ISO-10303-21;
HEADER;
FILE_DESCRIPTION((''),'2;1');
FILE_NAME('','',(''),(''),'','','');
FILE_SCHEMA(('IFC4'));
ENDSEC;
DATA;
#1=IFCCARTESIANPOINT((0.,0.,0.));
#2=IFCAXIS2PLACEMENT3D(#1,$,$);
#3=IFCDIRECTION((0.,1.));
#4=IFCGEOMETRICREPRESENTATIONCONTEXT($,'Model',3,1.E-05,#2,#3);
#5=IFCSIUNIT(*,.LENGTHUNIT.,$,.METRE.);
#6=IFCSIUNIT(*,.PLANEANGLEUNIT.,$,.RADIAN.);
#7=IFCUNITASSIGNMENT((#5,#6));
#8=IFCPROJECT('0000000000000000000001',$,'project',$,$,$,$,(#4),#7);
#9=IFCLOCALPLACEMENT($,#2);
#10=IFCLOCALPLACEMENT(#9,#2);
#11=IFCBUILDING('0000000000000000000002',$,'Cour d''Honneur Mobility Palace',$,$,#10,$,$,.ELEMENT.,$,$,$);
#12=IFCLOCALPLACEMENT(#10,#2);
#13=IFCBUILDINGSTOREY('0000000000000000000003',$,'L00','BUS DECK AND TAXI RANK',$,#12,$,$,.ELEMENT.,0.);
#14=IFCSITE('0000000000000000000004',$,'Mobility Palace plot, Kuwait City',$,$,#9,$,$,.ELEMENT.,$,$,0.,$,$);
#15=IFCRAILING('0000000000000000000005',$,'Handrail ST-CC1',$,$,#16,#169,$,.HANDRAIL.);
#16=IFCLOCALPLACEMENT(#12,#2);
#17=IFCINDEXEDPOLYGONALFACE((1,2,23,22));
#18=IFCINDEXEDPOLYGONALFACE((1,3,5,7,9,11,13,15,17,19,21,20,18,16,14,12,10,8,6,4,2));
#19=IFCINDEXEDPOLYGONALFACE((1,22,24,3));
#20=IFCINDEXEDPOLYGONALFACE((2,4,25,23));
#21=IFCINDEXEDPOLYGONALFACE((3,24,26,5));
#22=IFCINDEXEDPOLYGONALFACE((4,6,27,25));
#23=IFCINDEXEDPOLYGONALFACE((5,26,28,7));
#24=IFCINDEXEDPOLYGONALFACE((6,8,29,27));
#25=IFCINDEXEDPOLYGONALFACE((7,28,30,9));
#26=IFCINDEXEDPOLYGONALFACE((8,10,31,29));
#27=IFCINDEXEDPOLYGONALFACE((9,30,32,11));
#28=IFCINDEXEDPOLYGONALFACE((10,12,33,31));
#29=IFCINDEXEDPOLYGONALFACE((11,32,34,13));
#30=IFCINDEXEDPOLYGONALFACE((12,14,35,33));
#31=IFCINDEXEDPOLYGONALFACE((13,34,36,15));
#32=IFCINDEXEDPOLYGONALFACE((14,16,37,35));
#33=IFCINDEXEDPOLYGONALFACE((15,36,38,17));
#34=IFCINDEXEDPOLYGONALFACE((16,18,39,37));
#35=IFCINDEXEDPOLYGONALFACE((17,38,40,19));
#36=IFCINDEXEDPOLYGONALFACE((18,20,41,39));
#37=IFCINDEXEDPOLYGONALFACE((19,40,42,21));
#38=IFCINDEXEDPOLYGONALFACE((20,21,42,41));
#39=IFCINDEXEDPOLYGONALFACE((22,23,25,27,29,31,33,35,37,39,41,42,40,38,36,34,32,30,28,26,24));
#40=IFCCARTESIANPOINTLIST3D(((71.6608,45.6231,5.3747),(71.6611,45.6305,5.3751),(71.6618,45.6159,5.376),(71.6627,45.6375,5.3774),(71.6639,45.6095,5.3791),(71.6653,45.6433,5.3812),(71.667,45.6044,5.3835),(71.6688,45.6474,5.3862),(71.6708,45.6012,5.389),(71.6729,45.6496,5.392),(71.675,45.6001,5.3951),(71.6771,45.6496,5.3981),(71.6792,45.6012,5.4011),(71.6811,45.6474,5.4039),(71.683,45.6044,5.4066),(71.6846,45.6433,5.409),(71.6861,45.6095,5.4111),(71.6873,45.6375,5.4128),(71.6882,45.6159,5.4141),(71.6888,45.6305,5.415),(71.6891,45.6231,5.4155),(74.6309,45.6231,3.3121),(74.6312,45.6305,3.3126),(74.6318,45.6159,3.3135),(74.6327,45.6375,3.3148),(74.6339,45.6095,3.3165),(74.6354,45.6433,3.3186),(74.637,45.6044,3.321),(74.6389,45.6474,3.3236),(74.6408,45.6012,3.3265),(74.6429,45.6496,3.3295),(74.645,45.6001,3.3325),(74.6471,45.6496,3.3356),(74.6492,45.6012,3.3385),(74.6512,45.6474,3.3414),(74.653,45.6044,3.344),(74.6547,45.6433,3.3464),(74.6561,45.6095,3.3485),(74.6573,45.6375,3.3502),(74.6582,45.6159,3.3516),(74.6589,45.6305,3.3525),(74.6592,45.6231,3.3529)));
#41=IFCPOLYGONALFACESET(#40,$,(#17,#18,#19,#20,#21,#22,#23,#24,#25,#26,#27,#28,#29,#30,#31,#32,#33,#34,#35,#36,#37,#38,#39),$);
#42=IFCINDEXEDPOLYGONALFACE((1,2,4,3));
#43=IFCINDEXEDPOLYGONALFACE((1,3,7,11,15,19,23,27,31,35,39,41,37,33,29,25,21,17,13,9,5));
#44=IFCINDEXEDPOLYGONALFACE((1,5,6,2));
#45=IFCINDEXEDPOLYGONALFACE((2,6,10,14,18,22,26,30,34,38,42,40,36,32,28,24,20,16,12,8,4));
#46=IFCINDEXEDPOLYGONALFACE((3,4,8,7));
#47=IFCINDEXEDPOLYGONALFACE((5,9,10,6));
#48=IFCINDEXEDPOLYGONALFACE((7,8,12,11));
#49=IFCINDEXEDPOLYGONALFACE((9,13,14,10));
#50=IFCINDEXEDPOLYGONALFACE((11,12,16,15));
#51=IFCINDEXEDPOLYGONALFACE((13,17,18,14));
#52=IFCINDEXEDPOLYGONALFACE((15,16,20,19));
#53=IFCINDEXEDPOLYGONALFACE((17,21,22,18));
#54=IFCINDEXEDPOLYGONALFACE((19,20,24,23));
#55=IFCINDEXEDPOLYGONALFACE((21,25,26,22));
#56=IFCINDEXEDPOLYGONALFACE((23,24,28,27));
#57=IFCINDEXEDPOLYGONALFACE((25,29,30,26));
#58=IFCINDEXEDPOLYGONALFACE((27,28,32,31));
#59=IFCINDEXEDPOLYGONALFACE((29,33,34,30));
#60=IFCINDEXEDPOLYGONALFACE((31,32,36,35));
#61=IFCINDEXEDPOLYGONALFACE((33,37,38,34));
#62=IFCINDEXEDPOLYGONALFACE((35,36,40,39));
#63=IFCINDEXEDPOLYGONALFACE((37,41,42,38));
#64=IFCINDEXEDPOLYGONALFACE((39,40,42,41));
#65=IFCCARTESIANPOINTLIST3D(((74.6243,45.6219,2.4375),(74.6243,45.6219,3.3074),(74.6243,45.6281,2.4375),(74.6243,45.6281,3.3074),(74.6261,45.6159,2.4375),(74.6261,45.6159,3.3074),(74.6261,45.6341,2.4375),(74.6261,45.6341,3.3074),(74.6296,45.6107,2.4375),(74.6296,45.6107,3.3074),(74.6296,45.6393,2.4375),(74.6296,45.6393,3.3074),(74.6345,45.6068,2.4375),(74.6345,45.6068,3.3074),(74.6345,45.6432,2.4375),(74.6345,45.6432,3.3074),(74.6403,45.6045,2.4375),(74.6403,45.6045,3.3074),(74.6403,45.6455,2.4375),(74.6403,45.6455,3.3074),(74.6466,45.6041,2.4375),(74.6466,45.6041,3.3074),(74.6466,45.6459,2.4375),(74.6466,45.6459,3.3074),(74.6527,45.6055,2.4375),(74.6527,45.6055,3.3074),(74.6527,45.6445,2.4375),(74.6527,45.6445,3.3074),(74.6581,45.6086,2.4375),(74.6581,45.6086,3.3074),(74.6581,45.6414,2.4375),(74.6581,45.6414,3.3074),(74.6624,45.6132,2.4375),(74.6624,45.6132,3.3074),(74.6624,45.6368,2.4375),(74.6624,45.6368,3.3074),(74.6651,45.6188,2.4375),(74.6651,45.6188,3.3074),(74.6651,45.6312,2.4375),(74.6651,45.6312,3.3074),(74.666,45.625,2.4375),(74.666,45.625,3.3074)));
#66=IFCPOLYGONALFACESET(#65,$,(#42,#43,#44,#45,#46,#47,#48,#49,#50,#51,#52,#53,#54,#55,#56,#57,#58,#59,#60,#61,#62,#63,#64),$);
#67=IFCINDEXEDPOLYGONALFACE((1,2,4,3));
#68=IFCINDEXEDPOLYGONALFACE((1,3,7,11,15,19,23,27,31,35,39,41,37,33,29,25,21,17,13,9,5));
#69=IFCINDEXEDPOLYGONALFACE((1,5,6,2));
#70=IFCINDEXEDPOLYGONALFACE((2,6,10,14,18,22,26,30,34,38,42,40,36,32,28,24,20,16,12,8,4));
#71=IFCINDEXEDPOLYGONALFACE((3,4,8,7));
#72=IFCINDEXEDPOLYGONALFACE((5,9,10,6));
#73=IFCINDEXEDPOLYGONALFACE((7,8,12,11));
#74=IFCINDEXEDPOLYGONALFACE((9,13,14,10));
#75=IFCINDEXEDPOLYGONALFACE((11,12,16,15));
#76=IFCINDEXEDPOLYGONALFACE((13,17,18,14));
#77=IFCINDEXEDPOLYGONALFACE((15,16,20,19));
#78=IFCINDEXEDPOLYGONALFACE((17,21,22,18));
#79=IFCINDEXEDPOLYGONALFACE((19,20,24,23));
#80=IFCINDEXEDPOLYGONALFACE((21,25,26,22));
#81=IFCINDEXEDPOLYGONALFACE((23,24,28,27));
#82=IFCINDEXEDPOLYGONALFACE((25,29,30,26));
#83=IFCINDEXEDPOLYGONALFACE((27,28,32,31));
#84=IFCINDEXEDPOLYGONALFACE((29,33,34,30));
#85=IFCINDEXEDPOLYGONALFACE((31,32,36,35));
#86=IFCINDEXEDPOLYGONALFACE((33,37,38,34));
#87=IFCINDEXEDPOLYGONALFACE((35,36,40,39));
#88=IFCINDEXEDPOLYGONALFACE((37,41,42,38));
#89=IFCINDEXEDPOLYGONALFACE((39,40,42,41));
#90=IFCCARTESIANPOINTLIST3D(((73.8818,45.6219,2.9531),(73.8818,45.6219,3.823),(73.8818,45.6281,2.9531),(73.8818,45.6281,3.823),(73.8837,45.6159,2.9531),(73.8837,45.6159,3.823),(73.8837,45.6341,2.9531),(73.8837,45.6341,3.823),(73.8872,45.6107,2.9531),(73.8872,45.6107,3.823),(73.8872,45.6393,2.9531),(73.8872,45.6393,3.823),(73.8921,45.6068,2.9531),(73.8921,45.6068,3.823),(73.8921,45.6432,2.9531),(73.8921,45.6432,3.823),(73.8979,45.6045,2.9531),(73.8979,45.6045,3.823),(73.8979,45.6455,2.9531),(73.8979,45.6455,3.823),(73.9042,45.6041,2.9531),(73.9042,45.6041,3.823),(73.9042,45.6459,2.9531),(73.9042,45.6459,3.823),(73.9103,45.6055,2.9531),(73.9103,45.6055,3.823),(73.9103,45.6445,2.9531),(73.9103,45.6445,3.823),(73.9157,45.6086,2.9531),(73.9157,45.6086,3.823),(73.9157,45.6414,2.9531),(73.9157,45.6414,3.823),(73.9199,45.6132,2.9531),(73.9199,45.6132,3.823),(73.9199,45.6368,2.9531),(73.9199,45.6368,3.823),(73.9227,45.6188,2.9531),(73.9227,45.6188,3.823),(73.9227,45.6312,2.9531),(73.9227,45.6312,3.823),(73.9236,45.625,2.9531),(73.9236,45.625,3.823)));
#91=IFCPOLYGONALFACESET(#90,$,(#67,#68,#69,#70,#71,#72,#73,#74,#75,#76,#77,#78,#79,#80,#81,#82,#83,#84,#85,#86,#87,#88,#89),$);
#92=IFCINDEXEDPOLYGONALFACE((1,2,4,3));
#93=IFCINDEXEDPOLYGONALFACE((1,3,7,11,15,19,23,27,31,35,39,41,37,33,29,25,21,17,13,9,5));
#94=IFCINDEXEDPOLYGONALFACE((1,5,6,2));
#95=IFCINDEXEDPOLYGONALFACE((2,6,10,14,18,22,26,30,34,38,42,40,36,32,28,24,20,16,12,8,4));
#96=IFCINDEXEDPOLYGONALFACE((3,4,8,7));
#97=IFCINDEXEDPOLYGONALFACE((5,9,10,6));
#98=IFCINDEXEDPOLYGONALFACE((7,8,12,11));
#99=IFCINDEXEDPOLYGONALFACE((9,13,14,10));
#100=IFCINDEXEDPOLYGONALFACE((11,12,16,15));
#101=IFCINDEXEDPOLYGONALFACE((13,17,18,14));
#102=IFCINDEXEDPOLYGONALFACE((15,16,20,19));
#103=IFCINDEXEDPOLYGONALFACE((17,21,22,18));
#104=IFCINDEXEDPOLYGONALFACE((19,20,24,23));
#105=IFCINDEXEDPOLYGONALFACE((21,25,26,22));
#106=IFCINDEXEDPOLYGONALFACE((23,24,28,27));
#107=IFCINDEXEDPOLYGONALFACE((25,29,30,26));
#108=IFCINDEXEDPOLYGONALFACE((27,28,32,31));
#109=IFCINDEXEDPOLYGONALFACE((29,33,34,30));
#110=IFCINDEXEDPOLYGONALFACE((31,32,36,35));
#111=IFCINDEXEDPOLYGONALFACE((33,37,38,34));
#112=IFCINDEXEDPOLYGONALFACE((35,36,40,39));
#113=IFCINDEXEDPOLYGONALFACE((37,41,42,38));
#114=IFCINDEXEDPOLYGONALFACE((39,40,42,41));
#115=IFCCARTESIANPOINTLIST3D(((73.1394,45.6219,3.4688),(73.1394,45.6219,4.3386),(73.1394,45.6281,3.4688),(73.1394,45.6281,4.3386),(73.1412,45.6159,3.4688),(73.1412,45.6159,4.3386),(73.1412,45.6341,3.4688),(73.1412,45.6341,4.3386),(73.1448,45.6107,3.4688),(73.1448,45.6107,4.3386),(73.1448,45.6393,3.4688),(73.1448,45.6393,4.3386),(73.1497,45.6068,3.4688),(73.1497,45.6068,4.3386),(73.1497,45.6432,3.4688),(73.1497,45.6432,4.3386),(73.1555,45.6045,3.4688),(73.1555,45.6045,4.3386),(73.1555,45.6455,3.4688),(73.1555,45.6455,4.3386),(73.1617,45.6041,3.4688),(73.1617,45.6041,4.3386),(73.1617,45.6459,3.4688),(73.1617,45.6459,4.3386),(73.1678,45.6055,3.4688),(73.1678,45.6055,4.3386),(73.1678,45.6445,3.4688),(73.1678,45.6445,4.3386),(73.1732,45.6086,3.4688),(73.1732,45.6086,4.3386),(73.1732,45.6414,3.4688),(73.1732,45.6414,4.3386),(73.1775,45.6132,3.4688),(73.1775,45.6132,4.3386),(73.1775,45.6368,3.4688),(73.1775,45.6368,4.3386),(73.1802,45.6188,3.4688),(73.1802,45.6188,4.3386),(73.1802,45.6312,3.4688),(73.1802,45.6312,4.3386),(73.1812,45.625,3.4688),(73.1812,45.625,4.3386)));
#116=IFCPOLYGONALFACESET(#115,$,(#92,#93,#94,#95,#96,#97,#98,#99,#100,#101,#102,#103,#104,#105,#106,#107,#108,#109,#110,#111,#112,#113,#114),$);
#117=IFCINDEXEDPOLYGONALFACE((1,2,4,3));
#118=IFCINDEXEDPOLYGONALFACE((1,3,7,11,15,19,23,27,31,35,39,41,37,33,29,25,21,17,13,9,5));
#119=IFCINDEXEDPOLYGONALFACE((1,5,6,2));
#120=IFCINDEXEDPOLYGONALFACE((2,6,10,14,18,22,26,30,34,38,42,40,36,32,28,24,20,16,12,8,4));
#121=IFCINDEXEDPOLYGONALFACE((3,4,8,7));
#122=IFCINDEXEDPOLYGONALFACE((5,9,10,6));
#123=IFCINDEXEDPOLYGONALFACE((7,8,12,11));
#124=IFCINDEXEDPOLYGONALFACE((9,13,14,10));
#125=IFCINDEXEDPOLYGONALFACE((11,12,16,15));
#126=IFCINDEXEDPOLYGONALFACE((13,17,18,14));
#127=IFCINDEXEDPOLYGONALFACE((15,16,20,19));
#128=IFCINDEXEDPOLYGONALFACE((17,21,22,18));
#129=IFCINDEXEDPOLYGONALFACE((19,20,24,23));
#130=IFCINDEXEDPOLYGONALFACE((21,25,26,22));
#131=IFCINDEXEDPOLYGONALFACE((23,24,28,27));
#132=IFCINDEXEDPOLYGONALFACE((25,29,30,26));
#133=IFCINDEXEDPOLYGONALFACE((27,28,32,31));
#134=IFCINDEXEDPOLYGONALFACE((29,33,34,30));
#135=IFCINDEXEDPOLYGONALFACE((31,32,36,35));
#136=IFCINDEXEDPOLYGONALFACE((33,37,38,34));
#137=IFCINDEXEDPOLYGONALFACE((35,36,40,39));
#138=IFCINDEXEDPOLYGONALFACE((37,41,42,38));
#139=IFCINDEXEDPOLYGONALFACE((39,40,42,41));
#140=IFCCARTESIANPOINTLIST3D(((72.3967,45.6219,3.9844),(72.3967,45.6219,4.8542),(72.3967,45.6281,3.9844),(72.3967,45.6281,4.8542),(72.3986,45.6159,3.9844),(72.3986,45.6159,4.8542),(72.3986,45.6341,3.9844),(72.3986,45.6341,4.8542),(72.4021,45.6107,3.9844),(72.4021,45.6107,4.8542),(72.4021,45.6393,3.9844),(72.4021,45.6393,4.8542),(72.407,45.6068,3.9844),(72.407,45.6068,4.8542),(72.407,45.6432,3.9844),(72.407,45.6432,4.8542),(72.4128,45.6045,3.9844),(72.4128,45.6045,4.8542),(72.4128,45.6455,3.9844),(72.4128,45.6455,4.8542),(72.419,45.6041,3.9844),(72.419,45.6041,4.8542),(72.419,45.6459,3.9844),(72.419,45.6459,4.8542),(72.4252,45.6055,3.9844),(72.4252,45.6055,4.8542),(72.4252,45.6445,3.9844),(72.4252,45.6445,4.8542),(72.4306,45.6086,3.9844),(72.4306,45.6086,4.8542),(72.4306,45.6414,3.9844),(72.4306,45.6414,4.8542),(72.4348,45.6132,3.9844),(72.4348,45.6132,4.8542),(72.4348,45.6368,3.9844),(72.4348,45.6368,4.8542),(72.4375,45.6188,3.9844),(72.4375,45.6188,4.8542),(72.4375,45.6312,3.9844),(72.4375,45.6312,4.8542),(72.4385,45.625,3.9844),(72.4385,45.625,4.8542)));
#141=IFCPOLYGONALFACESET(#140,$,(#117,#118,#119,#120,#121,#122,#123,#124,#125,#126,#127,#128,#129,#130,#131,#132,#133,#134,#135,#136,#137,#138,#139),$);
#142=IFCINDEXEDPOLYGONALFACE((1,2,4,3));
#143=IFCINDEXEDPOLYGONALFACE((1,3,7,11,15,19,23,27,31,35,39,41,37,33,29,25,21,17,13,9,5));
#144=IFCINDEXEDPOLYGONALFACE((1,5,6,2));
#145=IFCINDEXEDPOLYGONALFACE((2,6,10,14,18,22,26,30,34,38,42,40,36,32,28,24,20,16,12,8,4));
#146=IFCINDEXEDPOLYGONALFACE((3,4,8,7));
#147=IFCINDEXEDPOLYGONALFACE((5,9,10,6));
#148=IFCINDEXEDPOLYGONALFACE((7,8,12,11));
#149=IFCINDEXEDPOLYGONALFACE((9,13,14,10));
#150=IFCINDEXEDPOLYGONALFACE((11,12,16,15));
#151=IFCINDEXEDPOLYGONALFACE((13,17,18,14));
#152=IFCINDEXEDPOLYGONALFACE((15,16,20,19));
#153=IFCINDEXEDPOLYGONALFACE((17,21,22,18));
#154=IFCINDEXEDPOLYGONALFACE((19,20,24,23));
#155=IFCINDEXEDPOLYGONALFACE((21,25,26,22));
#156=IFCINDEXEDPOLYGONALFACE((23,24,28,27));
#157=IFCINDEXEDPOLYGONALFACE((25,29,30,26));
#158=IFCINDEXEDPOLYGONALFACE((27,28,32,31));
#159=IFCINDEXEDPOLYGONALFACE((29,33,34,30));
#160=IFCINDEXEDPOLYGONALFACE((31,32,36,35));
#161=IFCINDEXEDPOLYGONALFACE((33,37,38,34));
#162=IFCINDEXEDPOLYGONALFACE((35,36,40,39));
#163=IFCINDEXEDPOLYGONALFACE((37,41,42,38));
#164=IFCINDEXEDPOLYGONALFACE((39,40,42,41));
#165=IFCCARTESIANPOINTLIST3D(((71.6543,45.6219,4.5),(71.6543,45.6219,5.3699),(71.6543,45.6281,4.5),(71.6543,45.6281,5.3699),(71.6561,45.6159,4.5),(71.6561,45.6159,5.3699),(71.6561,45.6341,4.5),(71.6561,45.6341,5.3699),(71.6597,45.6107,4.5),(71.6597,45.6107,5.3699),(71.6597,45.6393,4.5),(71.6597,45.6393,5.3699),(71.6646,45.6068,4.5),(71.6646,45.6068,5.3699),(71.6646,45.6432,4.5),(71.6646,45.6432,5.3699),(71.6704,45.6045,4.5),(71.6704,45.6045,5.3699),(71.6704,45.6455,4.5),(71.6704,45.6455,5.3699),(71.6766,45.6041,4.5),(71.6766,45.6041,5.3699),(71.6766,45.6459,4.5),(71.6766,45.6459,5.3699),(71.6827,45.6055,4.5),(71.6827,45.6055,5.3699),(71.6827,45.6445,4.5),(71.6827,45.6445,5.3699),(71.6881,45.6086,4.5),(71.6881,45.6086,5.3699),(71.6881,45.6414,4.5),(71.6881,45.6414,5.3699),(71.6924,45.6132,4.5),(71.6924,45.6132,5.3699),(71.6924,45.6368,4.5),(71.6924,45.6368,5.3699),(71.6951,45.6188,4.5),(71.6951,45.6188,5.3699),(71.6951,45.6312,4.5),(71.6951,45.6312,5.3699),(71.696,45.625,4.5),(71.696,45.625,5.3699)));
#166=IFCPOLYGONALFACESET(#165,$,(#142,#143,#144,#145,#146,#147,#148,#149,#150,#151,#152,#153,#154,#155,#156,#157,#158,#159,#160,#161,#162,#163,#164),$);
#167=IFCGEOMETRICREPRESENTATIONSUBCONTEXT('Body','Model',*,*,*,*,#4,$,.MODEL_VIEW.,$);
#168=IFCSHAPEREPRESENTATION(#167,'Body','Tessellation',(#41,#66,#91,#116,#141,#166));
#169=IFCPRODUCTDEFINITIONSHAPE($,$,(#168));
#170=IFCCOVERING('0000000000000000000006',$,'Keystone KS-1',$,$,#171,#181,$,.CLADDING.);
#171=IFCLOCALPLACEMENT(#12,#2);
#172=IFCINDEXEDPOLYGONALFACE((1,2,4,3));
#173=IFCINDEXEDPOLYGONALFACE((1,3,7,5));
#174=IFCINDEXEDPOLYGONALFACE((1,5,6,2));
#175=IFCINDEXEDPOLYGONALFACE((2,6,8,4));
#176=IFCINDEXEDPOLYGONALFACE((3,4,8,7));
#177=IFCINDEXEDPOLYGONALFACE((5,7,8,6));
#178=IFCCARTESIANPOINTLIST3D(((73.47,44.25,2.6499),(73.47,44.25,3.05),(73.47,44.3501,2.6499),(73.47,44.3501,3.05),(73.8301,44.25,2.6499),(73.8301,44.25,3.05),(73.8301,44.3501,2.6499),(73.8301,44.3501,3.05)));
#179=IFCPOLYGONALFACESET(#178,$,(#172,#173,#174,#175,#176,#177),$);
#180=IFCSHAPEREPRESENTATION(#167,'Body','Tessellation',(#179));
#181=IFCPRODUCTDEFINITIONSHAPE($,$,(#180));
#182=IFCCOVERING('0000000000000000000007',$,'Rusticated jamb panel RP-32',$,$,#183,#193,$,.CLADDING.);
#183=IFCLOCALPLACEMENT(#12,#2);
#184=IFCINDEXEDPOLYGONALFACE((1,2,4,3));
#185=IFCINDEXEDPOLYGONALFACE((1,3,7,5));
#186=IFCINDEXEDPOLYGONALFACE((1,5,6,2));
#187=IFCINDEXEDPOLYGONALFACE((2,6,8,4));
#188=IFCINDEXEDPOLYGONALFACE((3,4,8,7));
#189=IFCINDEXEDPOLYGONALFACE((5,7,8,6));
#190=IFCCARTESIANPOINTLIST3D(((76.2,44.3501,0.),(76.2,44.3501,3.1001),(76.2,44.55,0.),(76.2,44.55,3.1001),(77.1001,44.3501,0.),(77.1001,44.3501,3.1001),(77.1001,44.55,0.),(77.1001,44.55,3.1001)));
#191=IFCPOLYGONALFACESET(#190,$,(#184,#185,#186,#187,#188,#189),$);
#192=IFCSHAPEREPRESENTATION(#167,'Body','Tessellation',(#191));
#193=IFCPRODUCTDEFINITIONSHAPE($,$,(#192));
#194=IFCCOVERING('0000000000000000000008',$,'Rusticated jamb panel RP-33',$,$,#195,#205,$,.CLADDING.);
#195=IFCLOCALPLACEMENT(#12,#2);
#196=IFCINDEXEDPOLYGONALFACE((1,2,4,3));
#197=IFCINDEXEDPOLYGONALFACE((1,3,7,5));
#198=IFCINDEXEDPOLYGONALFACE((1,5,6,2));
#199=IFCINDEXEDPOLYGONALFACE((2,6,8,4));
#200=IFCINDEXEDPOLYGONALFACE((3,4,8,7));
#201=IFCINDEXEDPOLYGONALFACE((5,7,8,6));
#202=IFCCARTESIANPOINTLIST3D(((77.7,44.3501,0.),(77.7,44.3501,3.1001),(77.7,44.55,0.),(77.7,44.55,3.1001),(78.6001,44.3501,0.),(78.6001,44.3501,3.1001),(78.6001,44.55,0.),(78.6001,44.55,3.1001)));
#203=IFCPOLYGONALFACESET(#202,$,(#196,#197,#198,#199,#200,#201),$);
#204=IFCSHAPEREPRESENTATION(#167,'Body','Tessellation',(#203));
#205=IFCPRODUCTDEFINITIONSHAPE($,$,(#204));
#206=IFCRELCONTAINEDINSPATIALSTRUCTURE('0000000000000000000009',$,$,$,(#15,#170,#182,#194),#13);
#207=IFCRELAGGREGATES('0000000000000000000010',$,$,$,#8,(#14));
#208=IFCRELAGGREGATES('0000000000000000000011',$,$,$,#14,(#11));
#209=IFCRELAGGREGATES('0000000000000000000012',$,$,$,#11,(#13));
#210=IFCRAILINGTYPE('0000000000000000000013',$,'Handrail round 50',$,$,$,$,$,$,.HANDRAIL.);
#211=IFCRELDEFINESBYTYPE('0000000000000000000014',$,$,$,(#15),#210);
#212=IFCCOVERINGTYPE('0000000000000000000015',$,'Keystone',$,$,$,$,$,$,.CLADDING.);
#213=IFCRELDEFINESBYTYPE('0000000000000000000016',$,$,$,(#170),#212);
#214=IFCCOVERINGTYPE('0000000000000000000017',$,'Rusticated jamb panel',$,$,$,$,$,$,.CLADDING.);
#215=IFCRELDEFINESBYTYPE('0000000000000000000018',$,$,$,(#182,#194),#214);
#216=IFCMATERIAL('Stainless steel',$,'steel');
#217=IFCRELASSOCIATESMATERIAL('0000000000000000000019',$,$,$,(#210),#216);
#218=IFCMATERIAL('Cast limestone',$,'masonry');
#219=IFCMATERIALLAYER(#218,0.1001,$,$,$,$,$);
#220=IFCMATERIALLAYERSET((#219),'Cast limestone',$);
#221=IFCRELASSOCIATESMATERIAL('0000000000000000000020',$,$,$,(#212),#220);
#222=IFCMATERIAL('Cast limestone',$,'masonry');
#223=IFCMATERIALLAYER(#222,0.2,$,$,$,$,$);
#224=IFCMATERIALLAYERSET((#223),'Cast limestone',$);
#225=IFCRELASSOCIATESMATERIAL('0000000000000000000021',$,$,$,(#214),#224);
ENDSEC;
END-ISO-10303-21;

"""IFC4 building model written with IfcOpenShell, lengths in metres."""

from ifc_helpers import new_model, si_unit, direction, frame, origin, origin_2d, place, context, subcontext, project, spatial, polyline, circle, outline, extrude, material, layer, layer_set, type_object, element, save


model = new_model("IFC4")

# Units and contexts
model_context = context("Model", 3, precision=1e-05, world=origin(), true_north=direction((0.0, 1.0)))
body_context = subcontext(model_context, "Body", "Model", "MODEL_VIEW")
ifc_project = project(units=[si_unit("LENGTHUNIT", "METRE"), si_unit("PLANEANGLEUNIT", "RADIAN")], contexts=[model_context])

# Site, building, storey
site_placement = place(None, origin())
site = spatial("IfcSite", under=ifc_project, at=site_placement, Name="Mobility Palace plot, Kuwait City", CompositionType="ELEMENT", RefElevation=0.0)
building_placement = place(site_placement, origin())
building = spatial("IfcBuilding", under=site, at=building_placement, Name="Cour d'Honneur Mobility Palace", CompositionType="ELEMENT")
storey_placement = place(building_placement, origin())
storey = spatial("IfcBuildingStorey", under=building, at=storey_placement, Name="L00", Description="BUS DECK AND TAXI RANK", CompositionType="ELEMENT", Elevation=0.0)

# Railing
ifc_material_1 = material(Name="Stainless steel", Category="steel")
railing_type_1 = type_object("IfcRailingType", Name="Handrail round 50", PredefinedType="HANDRAIL", material=ifc_material_1)
for number, where, name in (
    (1, (74.645, 45.625, 2.4375), "Handrail ST-CC1"),
):
    element("IfcRailing", number, at=place(storey_placement, frame(where)), inside=storey, type_object=railing_type_1, Name=name, PredefinedType="HANDRAIL", context=body_context, shape_type="SweptSolid", body=[
        extrude(circle(Radius=0.0249, at=origin_2d()), frame((0.0, 0.0, 0.895), z_axis=(-0.821367, 0.0, 0.5704), x_axis=(0.0, -1.0, 0.0)), (0.0, 0.0, 1.0), 3.616),
        extrude(circle(Radius=0.021, at=origin_2d()), origin(), (0.0, 0.0, 1.0), 0.8699),
        extrude(circle(Radius=0.021, at=origin_2d()), frame((-0.7424, 0.0, 0.5156)), (0.0, 0.0, 1.0), 0.8699),
        extrude(circle(Radius=0.021, at=origin_2d()), frame((-1.4849, 0.0, 1.0312)), (0.0, 0.0, 1.0), 0.8699),
        extrude(circle(Radius=0.021, at=origin_2d()), frame((-2.2275, 0.0, 1.5469)), (0.0, 0.0, 1.0), 0.8699),
        extrude(circle(Radius=0.021, at=origin_2d()), frame((-2.97, 0.0, 2.0625)), (0.0, 0.0, 1.0), 0.8699),
    ])

# Coverings
ifc_material_2 = material(Name="Cast limestone", Category="masonry")
ifc_layer_1 = layer(ifc_material_2, 0.1001)
ifc_layer_set_1 = layer_set([ifc_layer_1], Name="Cast limestone")
covering_type_1 = type_object("IfcCoveringType", Name="Keystone", PredefinedType="CLADDING", material=ifc_layer_set_1)
covering_1_placement = place(storey_placement, frame((73.47, 44.25, 2.6499), z_axis=(0.0, -1.0, 0.0), x_axis=(1.0, 0.0, 0.0)))
element("IfcCovering", 2, at=covering_1_placement, inside=storey, type_object=covering_type_1, Name="Keystone KS-1", PredefinedType="CLADDING", context=body_context, shape_type="SweptSolid", body=[
    extrude(outline(polyline([(0.0, 0.0), (0.3601, 0.0), (0.3601, 0.4001), (0.0, 0.4001), (0.0, 0.0)])), origin(), (0.0, 0.0, -1.0), 0.1001),
])
ifc_material_3 = material(Name="Cast limestone", Category="masonry")
ifc_layer_2 = layer(ifc_material_3, 0.2)
ifc_layer_set_2 = layer_set([ifc_layer_2], Name="Cast limestone")
covering_type_2 = type_object("IfcCoveringType", Name="Rusticated jamb panel", PredefinedType="CLADDING", material=ifc_layer_set_2)
for number, where, z_axis, x_axis, name in (
    (3, (76.2, 44.3501, 0.0), (0.0, -1.0, 0.0), (1.0, 0.0, 0.0), "Rusticated jamb panel RP-32"),
    (4, (77.7, 44.3501, 0.0), (0.0, -1.0, 0.0), (1.0, 0.0, 0.0), "Rusticated jamb panel RP-33"),
):
    element("IfcCovering", number, at=place(storey_placement, frame(where, z_axis=z_axis, x_axis=x_axis)), inside=storey, type_object=covering_type_2, Name=name, PredefinedType="CLADDING", context=body_context, shape_type="SweptSolid", body=[
        extrude(outline(polyline([(0.0, 0.0), (0.9001, 0.0), (0.9001, 3.1001), (0.0, 3.1001), (0.0, 0.0)])), origin(), (0.0, 0.0, -1.0), 0.2),
    ])

save(model, "model.ifc")
